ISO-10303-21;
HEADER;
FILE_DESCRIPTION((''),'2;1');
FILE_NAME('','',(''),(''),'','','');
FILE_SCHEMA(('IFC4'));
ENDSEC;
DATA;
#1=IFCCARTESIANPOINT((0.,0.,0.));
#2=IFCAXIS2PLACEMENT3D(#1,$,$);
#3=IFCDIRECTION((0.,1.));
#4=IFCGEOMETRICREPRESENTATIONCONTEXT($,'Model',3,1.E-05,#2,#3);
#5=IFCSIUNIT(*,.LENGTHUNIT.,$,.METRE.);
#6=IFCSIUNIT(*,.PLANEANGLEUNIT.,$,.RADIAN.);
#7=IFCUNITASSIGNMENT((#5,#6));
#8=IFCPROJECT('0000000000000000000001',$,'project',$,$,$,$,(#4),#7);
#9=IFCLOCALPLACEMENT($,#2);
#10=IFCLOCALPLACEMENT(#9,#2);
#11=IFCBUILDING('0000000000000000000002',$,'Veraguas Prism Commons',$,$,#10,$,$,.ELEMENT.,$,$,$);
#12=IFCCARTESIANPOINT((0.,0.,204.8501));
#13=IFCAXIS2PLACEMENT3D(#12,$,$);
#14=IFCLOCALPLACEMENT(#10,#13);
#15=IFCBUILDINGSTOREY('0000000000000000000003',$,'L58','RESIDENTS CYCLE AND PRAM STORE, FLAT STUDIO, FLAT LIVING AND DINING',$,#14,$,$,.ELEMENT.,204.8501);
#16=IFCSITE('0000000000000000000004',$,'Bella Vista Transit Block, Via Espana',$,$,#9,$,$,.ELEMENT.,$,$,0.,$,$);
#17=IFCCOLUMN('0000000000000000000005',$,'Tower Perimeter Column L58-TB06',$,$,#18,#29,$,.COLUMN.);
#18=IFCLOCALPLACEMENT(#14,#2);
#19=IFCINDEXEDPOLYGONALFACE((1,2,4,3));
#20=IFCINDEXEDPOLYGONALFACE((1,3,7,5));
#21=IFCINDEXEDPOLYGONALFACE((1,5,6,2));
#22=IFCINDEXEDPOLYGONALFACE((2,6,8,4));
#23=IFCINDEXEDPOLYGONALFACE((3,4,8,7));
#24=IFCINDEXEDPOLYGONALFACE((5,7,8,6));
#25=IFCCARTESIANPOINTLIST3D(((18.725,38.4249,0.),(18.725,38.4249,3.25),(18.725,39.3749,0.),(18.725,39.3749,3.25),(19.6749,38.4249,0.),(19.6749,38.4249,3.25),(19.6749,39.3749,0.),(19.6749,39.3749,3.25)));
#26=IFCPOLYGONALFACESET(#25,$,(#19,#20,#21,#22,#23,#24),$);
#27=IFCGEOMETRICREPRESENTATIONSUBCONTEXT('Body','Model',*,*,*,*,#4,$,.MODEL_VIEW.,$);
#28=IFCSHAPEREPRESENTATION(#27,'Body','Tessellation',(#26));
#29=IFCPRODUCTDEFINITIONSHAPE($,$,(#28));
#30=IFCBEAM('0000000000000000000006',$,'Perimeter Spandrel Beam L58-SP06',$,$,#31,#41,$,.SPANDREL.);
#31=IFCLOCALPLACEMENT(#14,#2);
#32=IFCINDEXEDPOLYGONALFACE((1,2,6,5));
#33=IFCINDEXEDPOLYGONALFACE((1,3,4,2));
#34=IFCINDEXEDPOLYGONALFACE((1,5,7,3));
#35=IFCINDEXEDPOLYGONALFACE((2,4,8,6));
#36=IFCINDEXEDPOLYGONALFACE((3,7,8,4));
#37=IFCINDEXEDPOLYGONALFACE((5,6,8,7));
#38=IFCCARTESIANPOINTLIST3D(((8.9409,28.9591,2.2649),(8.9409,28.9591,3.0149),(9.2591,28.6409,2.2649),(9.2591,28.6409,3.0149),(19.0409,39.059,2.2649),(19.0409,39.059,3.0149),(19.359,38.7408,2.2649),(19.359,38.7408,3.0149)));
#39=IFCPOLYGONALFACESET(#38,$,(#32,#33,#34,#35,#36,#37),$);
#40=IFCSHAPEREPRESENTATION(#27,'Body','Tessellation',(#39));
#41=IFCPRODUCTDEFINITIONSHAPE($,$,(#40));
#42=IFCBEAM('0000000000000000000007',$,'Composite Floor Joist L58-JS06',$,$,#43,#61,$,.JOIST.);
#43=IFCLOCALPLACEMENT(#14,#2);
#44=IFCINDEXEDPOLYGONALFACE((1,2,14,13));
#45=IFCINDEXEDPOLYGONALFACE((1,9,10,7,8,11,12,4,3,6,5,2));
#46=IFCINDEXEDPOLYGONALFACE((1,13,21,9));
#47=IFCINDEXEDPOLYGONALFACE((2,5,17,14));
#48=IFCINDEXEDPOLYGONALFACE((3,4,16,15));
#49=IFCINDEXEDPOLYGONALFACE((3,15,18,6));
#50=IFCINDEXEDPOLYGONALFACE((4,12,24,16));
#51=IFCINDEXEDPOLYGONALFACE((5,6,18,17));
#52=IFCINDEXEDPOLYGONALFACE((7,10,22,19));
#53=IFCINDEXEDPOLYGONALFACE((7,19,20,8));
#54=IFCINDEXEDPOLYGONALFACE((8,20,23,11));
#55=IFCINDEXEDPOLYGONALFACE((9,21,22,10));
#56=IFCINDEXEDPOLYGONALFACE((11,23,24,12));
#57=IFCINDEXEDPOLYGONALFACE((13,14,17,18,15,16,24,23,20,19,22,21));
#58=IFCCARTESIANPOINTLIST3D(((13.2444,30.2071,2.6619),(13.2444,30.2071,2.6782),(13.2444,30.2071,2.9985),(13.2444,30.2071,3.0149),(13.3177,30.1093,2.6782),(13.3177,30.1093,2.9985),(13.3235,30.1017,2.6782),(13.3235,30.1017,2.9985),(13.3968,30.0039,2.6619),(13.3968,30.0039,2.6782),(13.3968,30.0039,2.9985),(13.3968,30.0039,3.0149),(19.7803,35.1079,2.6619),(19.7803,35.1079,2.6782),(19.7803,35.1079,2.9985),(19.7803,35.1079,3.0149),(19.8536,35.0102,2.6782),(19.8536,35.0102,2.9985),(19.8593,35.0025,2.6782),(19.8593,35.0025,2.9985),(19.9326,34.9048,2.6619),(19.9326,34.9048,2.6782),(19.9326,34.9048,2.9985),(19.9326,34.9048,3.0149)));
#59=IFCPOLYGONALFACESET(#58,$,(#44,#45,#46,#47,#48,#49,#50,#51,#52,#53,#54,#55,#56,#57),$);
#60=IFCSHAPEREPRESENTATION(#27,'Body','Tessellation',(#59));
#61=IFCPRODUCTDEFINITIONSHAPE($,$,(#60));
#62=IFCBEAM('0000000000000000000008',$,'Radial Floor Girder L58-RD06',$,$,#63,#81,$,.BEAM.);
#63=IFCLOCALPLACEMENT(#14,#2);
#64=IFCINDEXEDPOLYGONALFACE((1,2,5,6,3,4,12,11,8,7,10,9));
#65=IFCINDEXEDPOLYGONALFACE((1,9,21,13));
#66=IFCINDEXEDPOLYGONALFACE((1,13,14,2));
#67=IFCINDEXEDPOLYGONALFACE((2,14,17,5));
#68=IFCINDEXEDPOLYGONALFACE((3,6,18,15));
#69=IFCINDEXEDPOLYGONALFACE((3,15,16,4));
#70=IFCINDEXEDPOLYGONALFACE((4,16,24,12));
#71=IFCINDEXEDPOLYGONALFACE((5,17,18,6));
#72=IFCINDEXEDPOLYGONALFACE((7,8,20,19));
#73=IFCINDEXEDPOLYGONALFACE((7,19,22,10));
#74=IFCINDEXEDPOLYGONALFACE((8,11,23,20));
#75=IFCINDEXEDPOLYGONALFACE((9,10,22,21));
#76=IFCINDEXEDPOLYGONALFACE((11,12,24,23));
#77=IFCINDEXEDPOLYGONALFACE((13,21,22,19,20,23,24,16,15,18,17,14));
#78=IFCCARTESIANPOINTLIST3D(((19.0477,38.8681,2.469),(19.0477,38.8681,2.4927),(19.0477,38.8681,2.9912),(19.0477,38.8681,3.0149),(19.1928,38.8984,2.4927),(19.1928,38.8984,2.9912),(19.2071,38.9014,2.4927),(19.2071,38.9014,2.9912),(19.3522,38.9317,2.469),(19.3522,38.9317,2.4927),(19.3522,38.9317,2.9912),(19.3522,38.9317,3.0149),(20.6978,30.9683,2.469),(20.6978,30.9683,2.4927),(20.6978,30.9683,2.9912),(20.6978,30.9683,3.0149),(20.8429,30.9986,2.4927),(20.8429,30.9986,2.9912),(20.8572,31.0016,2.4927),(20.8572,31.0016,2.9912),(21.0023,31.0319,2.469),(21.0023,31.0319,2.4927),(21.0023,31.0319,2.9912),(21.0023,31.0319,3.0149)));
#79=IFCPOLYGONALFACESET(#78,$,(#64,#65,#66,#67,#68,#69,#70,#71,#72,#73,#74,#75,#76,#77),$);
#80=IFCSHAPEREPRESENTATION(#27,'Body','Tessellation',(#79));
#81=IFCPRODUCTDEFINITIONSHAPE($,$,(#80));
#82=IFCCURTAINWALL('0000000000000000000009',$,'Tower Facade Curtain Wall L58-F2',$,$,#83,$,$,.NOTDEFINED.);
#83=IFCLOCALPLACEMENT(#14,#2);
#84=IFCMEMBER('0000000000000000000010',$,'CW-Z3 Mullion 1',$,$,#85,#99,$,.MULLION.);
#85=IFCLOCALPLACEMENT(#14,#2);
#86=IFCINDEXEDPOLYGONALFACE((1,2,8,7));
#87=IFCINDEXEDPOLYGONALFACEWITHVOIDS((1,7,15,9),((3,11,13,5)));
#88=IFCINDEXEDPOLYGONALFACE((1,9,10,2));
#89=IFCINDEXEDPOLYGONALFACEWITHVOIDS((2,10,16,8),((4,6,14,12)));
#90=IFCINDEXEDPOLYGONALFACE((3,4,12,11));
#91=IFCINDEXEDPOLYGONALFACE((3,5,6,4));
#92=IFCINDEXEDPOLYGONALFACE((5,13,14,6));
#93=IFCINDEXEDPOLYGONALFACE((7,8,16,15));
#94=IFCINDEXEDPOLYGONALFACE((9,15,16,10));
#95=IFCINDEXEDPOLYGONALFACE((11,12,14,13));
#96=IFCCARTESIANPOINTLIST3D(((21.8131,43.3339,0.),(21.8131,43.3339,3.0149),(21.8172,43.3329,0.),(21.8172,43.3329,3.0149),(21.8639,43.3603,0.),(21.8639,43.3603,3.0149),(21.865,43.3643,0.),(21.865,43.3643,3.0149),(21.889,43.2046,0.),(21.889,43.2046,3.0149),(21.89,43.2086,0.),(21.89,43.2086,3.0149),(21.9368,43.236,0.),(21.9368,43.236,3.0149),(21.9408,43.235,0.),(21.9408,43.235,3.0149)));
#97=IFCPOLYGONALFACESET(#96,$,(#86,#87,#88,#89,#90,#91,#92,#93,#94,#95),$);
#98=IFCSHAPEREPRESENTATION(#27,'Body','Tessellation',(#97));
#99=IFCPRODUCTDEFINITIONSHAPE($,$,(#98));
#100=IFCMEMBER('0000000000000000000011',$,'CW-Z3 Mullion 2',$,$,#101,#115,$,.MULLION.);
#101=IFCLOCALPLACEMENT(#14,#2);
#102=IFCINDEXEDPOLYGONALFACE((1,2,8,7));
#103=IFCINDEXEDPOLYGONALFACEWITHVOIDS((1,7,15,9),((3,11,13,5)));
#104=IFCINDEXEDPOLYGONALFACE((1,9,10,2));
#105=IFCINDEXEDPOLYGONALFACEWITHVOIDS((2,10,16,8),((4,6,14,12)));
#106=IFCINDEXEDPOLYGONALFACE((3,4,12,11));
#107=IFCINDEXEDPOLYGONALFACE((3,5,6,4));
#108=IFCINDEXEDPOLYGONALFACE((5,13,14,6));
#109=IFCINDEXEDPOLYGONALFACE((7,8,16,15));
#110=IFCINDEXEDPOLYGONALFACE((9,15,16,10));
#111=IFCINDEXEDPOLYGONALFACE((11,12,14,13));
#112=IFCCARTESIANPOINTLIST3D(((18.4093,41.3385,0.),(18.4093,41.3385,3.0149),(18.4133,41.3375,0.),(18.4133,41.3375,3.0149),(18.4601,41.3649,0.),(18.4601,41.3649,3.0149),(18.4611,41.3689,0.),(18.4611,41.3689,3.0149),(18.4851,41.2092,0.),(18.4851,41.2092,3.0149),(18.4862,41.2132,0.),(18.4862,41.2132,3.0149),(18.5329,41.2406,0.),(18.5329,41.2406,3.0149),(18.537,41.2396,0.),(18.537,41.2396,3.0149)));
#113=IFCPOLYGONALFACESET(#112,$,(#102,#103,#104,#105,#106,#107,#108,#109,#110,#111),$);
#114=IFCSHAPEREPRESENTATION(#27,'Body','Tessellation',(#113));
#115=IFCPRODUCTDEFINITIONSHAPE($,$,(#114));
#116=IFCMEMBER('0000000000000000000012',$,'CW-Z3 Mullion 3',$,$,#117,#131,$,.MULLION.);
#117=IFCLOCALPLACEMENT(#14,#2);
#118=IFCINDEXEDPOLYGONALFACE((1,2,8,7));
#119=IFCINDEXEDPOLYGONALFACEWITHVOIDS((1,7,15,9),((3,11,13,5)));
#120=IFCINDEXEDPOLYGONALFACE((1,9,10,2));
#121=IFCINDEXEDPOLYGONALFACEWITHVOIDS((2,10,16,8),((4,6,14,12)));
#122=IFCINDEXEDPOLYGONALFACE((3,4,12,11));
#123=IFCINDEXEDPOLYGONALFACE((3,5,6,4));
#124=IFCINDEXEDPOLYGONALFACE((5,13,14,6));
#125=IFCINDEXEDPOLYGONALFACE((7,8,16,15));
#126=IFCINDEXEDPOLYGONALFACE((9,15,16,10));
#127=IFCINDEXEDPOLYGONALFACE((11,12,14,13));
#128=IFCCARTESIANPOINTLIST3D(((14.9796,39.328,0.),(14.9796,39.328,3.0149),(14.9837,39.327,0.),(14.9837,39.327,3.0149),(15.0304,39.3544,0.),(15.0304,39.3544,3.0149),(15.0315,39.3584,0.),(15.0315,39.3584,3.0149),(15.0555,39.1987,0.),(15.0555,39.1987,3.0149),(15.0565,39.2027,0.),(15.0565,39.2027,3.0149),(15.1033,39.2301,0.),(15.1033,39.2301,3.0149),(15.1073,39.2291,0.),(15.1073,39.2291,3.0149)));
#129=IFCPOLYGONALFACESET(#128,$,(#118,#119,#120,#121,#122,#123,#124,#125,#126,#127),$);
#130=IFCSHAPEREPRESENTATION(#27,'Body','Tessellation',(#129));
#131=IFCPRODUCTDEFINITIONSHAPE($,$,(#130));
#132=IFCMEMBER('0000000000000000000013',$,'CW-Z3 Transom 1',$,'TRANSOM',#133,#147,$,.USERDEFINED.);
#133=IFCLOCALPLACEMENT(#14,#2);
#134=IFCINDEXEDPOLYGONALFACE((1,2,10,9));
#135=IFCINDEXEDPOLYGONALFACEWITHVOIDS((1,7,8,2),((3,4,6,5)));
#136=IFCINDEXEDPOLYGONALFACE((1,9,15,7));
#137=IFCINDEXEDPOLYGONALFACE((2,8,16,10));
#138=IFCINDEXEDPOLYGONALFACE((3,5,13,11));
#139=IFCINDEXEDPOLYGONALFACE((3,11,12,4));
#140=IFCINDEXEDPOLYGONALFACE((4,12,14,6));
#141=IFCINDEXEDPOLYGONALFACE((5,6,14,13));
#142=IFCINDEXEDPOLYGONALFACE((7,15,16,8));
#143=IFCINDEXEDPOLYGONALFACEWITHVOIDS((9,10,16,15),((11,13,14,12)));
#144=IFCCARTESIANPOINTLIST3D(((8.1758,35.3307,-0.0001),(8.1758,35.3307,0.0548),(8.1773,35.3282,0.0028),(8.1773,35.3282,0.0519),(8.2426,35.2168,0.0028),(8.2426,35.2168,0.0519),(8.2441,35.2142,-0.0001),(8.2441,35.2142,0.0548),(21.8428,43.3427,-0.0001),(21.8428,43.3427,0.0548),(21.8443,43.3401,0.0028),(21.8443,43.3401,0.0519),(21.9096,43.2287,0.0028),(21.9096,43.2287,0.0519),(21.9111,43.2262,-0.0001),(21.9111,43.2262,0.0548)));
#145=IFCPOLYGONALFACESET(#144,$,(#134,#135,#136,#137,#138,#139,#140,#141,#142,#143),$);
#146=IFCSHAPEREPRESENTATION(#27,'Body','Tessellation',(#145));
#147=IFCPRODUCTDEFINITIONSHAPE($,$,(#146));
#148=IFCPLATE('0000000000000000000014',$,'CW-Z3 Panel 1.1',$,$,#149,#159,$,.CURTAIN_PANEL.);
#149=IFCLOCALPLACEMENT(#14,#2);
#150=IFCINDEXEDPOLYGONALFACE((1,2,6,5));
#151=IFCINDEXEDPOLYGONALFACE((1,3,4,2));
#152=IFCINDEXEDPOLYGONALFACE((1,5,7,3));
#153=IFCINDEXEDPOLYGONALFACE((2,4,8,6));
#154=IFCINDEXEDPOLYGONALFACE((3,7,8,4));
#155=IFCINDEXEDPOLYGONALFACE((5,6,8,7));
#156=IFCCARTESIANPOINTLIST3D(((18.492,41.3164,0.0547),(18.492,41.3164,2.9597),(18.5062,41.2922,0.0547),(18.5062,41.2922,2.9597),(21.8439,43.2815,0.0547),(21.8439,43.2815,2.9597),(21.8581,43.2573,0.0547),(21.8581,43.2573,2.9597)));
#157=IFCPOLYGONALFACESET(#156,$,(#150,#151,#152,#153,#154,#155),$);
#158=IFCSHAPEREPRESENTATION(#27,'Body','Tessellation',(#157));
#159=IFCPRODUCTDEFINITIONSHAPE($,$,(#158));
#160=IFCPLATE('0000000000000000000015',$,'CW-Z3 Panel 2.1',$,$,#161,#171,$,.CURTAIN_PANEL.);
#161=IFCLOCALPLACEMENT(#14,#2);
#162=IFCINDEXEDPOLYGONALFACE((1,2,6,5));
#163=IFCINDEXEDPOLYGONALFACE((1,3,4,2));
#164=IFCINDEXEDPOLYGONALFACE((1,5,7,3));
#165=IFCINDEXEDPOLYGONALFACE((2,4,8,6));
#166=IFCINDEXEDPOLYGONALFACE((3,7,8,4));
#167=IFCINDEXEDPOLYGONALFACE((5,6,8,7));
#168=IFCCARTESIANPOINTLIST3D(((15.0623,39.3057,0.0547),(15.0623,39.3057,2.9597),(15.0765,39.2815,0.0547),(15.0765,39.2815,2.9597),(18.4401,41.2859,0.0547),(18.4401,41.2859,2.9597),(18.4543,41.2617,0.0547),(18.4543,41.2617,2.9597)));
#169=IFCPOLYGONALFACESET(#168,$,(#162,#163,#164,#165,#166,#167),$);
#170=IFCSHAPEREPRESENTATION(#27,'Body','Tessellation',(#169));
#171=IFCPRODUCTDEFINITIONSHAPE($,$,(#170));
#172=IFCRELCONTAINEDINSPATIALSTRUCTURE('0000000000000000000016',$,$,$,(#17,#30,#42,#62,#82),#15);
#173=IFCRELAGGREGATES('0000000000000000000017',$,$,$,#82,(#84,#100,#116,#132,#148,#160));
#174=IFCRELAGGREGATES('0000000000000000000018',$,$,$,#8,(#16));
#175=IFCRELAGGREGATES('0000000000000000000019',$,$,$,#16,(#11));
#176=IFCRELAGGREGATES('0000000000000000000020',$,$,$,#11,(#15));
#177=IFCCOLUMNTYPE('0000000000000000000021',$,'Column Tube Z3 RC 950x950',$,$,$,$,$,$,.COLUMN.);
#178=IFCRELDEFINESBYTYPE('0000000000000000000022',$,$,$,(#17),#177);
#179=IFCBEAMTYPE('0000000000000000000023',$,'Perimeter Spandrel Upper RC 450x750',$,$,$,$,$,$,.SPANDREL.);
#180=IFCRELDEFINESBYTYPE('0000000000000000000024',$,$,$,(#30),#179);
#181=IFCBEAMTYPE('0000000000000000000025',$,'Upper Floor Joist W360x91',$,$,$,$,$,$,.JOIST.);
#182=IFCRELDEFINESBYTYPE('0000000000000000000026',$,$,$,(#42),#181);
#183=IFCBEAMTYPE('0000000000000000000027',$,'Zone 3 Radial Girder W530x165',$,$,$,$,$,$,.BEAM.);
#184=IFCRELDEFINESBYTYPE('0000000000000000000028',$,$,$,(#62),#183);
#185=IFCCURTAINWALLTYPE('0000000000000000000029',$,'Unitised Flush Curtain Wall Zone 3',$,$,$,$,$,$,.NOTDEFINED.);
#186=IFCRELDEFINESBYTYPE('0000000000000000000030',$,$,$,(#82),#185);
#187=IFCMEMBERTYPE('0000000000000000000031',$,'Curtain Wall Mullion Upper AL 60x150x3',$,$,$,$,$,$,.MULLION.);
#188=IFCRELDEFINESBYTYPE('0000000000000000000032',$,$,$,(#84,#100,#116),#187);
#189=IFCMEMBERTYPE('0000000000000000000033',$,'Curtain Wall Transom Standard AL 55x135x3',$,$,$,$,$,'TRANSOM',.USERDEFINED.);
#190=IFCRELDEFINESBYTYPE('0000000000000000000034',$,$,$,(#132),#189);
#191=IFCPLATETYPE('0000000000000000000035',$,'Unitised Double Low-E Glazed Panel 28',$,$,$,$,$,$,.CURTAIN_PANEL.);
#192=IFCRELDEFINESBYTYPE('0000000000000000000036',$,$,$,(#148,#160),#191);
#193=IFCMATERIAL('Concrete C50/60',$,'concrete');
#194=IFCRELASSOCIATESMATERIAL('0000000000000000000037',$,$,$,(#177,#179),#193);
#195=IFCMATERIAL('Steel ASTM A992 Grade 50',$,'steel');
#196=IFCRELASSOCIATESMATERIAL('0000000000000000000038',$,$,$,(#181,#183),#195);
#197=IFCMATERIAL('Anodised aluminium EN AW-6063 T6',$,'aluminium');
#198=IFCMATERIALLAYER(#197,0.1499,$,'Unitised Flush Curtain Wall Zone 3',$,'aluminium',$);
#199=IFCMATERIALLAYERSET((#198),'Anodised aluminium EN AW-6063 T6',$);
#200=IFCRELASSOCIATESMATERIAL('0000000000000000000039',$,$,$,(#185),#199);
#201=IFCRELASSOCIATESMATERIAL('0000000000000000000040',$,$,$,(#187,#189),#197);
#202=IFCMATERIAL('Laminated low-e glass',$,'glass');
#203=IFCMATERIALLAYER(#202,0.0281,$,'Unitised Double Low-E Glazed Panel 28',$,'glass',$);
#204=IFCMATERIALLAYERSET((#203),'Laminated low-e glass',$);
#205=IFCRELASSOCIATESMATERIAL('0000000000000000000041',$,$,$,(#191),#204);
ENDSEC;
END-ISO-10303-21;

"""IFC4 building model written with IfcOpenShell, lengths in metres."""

from ifc_helpers import new_model, si_unit, direction, frame, origin, origin_2d, place, context, subcontext, project, spatial, rectangle, hollow_rectangle, i_section, extrude, source, transform, mapped, material, layer, layer_set, material_profile, profile_set, type_object, element, aggregate, save


model = new_model("IFC4")

# Units and contexts
model_context = context("Model", 3, precision=1e-05, world=origin(), true_north=direction((0.0, 1.0)))
body_context = subcontext(model_context, "Body", "Model", "MODEL_VIEW")
ifc_project = project(units=[si_unit("LENGTHUNIT", "METRE"), si_unit("PLANEANGLEUNIT", "RADIAN")], contexts=[model_context])

# Site, building, storey
site_placement = place(None, origin())
site = spatial("IfcSite", under=ifc_project, at=site_placement, Name="Bella Vista Transit Block, Via Espana", CompositionType="ELEMENT", RefElevation=0.0)
building_placement = place(site_placement, origin())
building = spatial("IfcBuilding", under=site, at=building_placement, Name="Veraguas Prism Commons", CompositionType="ELEMENT")
storey_placement = place(building_placement, frame((0.0, 0.0, 204.8501)))
storey = spatial("IfcBuildingStorey", under=building, at=storey_placement, Name="L58", Description="RESIDENTS CYCLE AND PRAM STORE, FLAT STUDIO, FLAT LIVING AND DINING", CompositionType="ELEMENT", Elevation=204.8501)

# Column
ifc_material_1 = material(Name="Concrete C50/60", Category="concrete")
ifc_material_profile_1 = material_profile(ifc_material_1, rectangle(XDim=0.95, YDim=0.95, at=origin_2d()), Name="RC950X950")
ifc_profile_set_1 = profile_set([ifc_material_profile_1], Name="Concrete C50/60")
column_type = type_object("IfcColumnType", Name="Column Tube Z3 RC 950x950", PredefinedType="COLUMN", material=ifc_profile_set_1)
column_placement = place(storey_placement, frame((19.2, 38.8999, 0.0), z_axis=(0.0, 0.0, 1.0), x_axis=(1.0, 0.0, 0.0)))
element("IfcColumn", 1, at=column_placement, inside=storey, type_object=column_type, Name="Tower Perimeter Column L58-TB06", PredefinedType="COLUMN", context=body_context, shape_type="SweptSolid", body=[
    extrude(rectangle(XDim=0.95, YDim=0.95, at=origin_2d()), origin(), (0.0, 0.0, 1.0), 3.25),
])

# Beams
ifc_material_profile_2 = material_profile(ifc_material_1, rectangle(XDim=0.45, YDim=0.75, at=origin_2d()), Name="RC450X750")
ifc_profile_set_2 = profile_set([ifc_material_profile_2], Name="Concrete C50/60")
beam_type_1 = type_object("IfcBeamType", Name="Perimeter Spandrel Upper RC 450x750", PredefinedType="SPANDREL", material=ifc_profile_set_2)
beam_1_placement = place(storey_placement, frame((19.2, 38.8999, 2.6399), z_axis=(-0.707107, -0.707107, 0.0), x_axis=(0.707107, -0.707107, 0.0)))
element("IfcBeam", 2, at=beam_1_placement, inside=storey, type_object=beam_type_1, Name="Perimeter Spandrel Beam L58-SP06", PredefinedType="SPANDREL", context=body_context, shape_type="SweptSolid", body=[
    extrude(rectangle(XDim=0.45, YDim=0.75, at=origin_2d()), origin(), (0.0, 0.0, 1.0), 14.2834),
])
ifc_material_2 = material(Name="Steel ASTM A992 Grade 50", Category="steel")
ifc_material_profile_3 = material_profile(ifc_material_2, i_section(OverallWidth=0.2539, OverallDepth=0.353, WebThickness=0.0095, FlangeThickness=0.0164, at=origin_2d()), Name="W360X91")
ifc_profile_set_3 = profile_set([ifc_material_profile_3], Name="Steel ASTM A992 Grade 50")
beam_type_2 = type_object("IfcBeamType", Name="Upper Floor Joist W360x91", PredefinedType="JOIST", material=ifc_profile_set_3)
beam_2_placement = place(storey_placement, frame((19.8564, 35.0063, 2.8384), z_axis=(-0.800061, -0.599919, 0.0), x_axis=(0.599919, -0.800061, 0.0)))
element("IfcBeam", 3, at=beam_2_placement, inside=storey, type_object=beam_type_2, Name="Composite Floor Joist L58-JS06", PredefinedType="JOIST", context=body_context, shape_type="SweptSolid", body=[
    extrude(i_section(OverallWidth=0.2539, OverallDepth=0.353, WebThickness=0.0095, FlangeThickness=0.0164, at=origin_2d()), origin(), (0.0, 0.0, 1.0), 8.1692),
])
ifc_material_profile_4 = material_profile(ifc_material_2, i_section(OverallWidth=0.311, OverallDepth=0.5459, WebThickness=0.0146, FlangeThickness=0.0237, at=origin_2d()), Name="W530X165")
ifc_profile_set_4 = profile_set([ifc_material_profile_4], Name="Steel ASTM A992 Grade 50")
beam_type_3 = type_object("IfcBeamType", Name="Zone 3 Radial Girder W530x165", PredefinedType="BEAM", material=ifc_profile_set_4)
beam_3_placement = place(storey_placement, frame((19.2, 38.8999, 2.7419), z_axis=(0.204469, -0.978873, 0.0), x_axis=(0.978873, 0.204469, 0.0)))
element("IfcBeam", 4, at=beam_3_placement, inside=storey, type_object=beam_type_3, Name="Radial Floor Girder L58-RD06", PredefinedType="BEAM", context=body_context, shape_type="SweptSolid", body=[
    extrude(i_section(OverallWidth=0.311, OverallDepth=0.5459, WebThickness=0.0146, FlangeThickness=0.0237, at=origin_2d()), origin(), (0.0, 0.0, 1.0), 8.0703),
])

# Curtain wall, members, plates
ifc_material_3 = material(Name="Anodised aluminium EN AW-6063 T6", Category="aluminium")
ifc_layer_1 = layer(ifc_material_3, 0.1499, Name="Unitised Flush Curtain Wall Zone 3", Category="aluminium")
ifc_layer_set_1 = layer_set([ifc_layer_1], Name="Anodised aluminium EN AW-6063 T6")
curtain_wall_type = type_object("IfcCurtainWallType", Name="Unitised Flush Curtain Wall Zone 3", PredefinedType="NOTDEFINED", material=ifc_layer_set_1)
curtain_wall_placement = place(storey_placement, origin())
curtain_wall = element("IfcCurtainWall", 5, at=curtain_wall_placement, inside=storey, type_object=curtain_wall_type, Name="Tower Facade Curtain Wall L58-F2", PredefinedType="NOTDEFINED")
ifc_material_profile_5 = material_profile(ifc_material_3, hollow_rectangle(XDim=0.0601, YDim=0.1499, WallThickness=0.0029, at=origin_2d()), Name="AL60X150X3")
ifc_profile_set_5 = profile_set([ifc_material_profile_5], Name="Anodised aluminium EN AW-6063 T6")
member_type_1 = type_object("IfcMemberType", Name="Curtain Wall Mullion Upper AL 60x150x3", PredefinedType="MULLION", material=ifc_profile_set_5)
shared_shape_1 = source(origin(), body_context, "Body", "SweptSolid", [
    extrude(hollow_rectangle(XDim=0.0601, YDim=0.1499, WallThickness=0.0029, at=origin_2d()), origin(), (0.0, 0.0, 1.0), 3.0149),
])
member_1_placement = place(storey_placement, frame((21.877, 43.2844, 0.0), z_axis=(0.0, 0.0, 1.0), x_axis=(-0.862686, -0.50574, 0.0)))
member_1 = element("IfcMember", 6, at=member_1_placement, type_object=member_type_1, Name="CW-Z3 Mullion 1", PredefinedType="MULLION", context=body_context, shape_type="MappedRepresentation", body=[
    mapped(shared_shape_1, transform((0.0, 0.0, 0.0), scale=1.0)),
])
member_2_placement = place(storey_placement, frame((18.4731, 41.2891, 0.0), z_axis=(0.0, 0.0, 1.0), x_axis=(-0.862686, -0.50574, 0.0)))
member_2 = element("IfcMember", 7, at=member_2_placement, type_object=member_type_1, Name="CW-Z3 Mullion 2", PredefinedType="MULLION", context=body_context, shape_type="MappedRepresentation", body=[
    mapped(shared_shape_1, transform((0.0, 0.0, 0.0), scale=1.0)),
])
member_3_placement = place(storey_placement, frame((15.0435, 39.2786, 0.0), z_axis=(0.0, 0.0, 1.0), x_axis=(-0.862686, -0.50574, 0.0)))
member_3 = element("IfcMember", 8, at=member_3_placement, type_object=member_type_1, Name="CW-Z3 Mullion 3", PredefinedType="MULLION", context=body_context, shape_type="MappedRepresentation", body=[
    mapped(shared_shape_1, transform((0.0, 0.0, 0.0), scale=1.0)),
])
ifc_material_profile_6 = material_profile(ifc_material_3, hollow_rectangle(XDim=0.0549, YDim=0.135, WallThickness=0.0029, at=origin_2d()), Name="AL55X135X3")
ifc_profile_set_6 = profile_set([ifc_material_profile_6], Name="Anodised aluminium EN AW-6063 T6")
member_type_2 = type_object("IfcMemberType", Name="Curtain Wall Transom Standard AL 55x135x3", ElementType="TRANSOM", PredefinedType="USERDEFINED", material=ifc_profile_set_6)
shared_shape_2 = source(origin(), body_context, "Body", "SweptSolid", [
    extrude(hollow_rectangle(XDim=0.0549, YDim=0.135, WallThickness=0.0029, at=origin_2d()), origin(), (0.0, 0.0, 1.0), 15.8423),
])
member_4_placement = place(storey_placement, frame((21.877, 43.2844, 0.0273), z_axis=(-0.86269, -0.505733, 0.0), x_axis=(0.0, 0.0, 1.0)))
member_4 = element("IfcMember", 9, at=member_4_placement, type_object=member_type_2, Name="CW-Z3 Transom 1", ObjectType="TRANSOM", PredefinedType="USERDEFINED", context=body_context, shape_type="MappedRepresentation", body=[
    mapped(shared_shape_2, transform((0.0, 0.0, 0.0), scale=1.0)),
])
ifc_material_4 = material(Name="Laminated low-e glass", Category="glass")
ifc_layer_2 = layer(ifc_material_4, 0.0281, Name="Unitised Double Low-E Glazed Panel 28", Category="glass")
ifc_layer_set_2 = layer_set([ifc_layer_2], Name="Laminated low-e glass")
plate_type = type_object("IfcPlateType", Name="Unitised Double Low-E Glazed Panel 28", PredefinedType="CURTAIN_PANEL", material=ifc_layer_set_2)
shared_shape_3 = source(origin(), body_context, "Body", "SweptSolid", [
    extrude(rectangle(XDim=3.8855, YDim=0.0281, at=origin_2d()), origin(), (0.0, 0.0, 1.0), 2.905),
])
plate_1_placement = place(storey_placement, frame((20.175, 42.2869, 0.0547), z_axis=(0.0, 0.0, 1.0), x_axis=(-0.862686, -0.50574, 0.0)))
plate_1 = element("IfcPlate", 10, at=plate_1_placement, type_object=plate_type, Name="CW-Z3 Panel 1.1", PredefinedType="CURTAIN_PANEL", context=body_context, shape_type="MappedRepresentation", body=[
    mapped(shared_shape_3, transform((0.0, 0.0, 0.0), scale=1.0)),
])
shared_shape_4 = source(origin(), body_context, "Body", "SweptSolid", [
    extrude(rectangle(XDim=3.9155, YDim=0.0281, at=origin_2d()), origin(), (0.0, 0.0, 1.0), 2.905),
])
plate_2_placement = place(storey_placement, frame((16.7583, 40.2837, 0.0547), z_axis=(0.0, 0.0, 1.0), x_axis=(-0.862686, -0.50574, 0.0)))
plate_2 = element("IfcPlate", 11, at=plate_2_placement, type_object=plate_type, Name="CW-Z3 Panel 2.1", PredefinedType="CURTAIN_PANEL", context=body_context, shape_type="MappedRepresentation", body=[
    mapped(shared_shape_4, transform((0.0, 0.0, 0.0), scale=1.0)),
])
aggregate(curtain_wall, [member_1, member_2, member_3, member_4, plate_1, plate_2])

save(model, "model.ifc")
